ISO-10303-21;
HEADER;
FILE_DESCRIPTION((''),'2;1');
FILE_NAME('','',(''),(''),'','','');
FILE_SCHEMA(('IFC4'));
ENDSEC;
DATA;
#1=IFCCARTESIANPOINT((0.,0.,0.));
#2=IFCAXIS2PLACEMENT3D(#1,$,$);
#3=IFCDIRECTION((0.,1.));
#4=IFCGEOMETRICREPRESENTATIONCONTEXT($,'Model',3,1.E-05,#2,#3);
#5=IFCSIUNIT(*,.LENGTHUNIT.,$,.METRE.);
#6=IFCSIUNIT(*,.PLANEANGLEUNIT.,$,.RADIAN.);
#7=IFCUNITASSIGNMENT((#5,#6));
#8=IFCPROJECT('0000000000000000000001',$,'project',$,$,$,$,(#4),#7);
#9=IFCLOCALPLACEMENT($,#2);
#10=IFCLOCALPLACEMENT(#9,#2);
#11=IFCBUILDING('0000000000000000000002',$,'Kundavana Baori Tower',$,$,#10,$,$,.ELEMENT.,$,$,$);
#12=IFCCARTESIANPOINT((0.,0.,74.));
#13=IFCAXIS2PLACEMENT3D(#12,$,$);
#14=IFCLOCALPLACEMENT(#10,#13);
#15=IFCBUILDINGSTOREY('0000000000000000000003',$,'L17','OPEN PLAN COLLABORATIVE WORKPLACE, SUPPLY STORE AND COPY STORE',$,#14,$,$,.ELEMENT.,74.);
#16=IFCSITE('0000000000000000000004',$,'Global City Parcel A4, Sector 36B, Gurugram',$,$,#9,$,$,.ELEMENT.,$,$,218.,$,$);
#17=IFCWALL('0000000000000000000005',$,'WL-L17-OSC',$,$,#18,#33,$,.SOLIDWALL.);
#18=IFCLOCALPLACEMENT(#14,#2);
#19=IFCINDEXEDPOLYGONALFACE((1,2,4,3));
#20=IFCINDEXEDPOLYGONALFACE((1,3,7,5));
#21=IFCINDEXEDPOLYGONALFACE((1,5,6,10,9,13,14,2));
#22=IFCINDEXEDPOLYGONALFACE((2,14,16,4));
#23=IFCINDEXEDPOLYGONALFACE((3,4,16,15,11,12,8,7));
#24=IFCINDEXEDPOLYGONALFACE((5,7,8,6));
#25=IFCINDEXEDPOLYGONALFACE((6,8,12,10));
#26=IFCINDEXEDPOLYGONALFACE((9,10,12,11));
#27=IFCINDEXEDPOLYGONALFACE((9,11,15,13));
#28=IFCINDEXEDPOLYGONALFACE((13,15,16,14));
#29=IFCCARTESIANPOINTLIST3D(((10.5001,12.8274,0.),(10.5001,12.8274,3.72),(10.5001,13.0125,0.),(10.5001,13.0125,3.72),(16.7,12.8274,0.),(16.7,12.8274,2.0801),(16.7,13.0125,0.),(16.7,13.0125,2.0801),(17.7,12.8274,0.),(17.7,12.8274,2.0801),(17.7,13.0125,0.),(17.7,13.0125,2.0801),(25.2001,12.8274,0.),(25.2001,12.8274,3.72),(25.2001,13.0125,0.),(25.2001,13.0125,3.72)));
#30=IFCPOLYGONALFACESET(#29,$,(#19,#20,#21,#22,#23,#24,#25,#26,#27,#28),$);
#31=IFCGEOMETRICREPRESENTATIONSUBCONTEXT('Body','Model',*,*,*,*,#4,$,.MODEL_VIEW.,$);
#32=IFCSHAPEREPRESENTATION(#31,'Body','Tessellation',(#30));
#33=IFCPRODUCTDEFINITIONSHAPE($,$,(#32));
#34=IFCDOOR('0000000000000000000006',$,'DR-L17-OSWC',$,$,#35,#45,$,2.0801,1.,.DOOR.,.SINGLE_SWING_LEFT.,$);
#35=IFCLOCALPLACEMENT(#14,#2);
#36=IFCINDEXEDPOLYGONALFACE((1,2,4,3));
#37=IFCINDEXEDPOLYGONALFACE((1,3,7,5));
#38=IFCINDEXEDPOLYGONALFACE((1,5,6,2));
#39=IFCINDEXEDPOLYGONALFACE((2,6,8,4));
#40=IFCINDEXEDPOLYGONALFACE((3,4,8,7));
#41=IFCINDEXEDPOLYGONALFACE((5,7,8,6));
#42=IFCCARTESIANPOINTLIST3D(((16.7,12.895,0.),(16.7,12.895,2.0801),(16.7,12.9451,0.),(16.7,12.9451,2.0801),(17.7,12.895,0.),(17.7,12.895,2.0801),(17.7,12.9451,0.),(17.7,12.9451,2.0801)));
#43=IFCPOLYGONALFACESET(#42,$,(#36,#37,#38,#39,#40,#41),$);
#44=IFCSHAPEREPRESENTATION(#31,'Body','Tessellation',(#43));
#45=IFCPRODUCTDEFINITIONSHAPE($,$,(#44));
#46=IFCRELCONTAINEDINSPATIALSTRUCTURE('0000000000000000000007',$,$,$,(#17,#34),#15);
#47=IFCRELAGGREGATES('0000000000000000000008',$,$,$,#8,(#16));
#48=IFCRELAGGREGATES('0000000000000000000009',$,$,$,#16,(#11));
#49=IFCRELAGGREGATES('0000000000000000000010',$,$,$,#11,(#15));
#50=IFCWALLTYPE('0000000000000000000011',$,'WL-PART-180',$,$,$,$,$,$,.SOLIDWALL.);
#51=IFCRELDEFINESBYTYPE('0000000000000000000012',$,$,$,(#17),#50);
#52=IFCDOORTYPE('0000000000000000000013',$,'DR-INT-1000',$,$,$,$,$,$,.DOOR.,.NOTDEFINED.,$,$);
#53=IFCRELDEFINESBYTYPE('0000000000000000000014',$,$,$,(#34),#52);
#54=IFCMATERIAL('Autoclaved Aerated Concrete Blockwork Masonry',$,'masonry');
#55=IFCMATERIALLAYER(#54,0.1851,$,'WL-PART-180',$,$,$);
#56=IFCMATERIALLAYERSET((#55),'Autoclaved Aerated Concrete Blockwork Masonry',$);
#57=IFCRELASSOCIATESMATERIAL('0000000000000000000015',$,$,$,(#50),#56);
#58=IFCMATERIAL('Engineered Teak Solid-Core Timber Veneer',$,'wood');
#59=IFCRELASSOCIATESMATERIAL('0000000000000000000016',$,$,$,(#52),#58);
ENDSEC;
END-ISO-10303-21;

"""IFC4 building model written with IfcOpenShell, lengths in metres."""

from ifc_helpers import new_model, si_unit, direction, frame, frame_2d, origin, place, context, subcontext, project, spatial, rectangle, extrude, material, layer, layer_set, type_object, element, fill, save


model = new_model("IFC4")

# Units and contexts
model_context = context("Model", 3, precision=1e-05, world=origin(), true_north=direction((0.0, 1.0)))
body_context = subcontext(model_context, "Body", "Model", "MODEL_VIEW")
ifc_project = project(units=[si_unit("LENGTHUNIT", "METRE"), si_unit("PLANEANGLEUNIT", "RADIAN")], contexts=[model_context])

# Site, building, storey
site_placement = place(None, origin())
site = spatial("IfcSite", under=ifc_project, at=site_placement, Name="Global City Parcel A4, Sector 36B, Gurugram", CompositionType="ELEMENT", RefElevation=218.0)
building_placement = place(site_placement, origin())
building = spatial("IfcBuilding", under=site, at=building_placement, Name="Kundavana Baori Tower", CompositionType="ELEMENT")
storey_placement = place(building_placement, frame((0.0, 0.0, 74.0)))
storey = spatial("IfcBuildingStorey", under=building, at=storey_placement, Name="L17", Description="OPEN PLAN COLLABORATIVE WORKPLACE, SUPPLY STORE AND COPY STORE", CompositionType="ELEMENT", Elevation=74.0)

# Shared definitions
ifc_material_1 = material(Name="Autoclaved Aerated Concrete Blockwork Masonry", Category="masonry")
ifc_layer_1 = layer(ifc_material_1, 0.1851, Name="WL-PART-180")
ifc_layer_set_1 = layer_set([ifc_layer_1], Name="Autoclaved Aerated Concrete Blockwork Masonry")
wall_type_1 = type_object("IfcWallType", Name="WL-PART-180", PredefinedType="SOLIDWALL", material=ifc_layer_set_1)

# Wall, opening, door
wall_1_placement = place(storey_placement, frame((10.5, 12.9199, 0.0), z_axis=(0.0, 0.0, 1.0), x_axis=(1.0, 0.0, 0.0)))
wall_1 = element("IfcWall", 1, at=wall_1_placement, inside=storey, type_object=wall_type_1, Name="WL-L17-OSC", PredefinedType="SOLIDWALL", context=body_context, shape_type="SweptSolid", body=[
    extrude(rectangle(XDim=14.7, YDim=0.1851, at=frame_2d((7.3501, 0.0))), origin(), (0.0, 0.0, 1.0), 3.72),
])
opening_1_placement = place(wall_1_placement, frame((6.2, 0.0, 0.0)))
opening_1 = element("IfcOpeningElement", 2, at=opening_1_placement, cuts=wall_1, PredefinedType="OPENING", context=body_context, shape_type="SweptSolid", body=[
    extrude(rectangle(XDim=1.0, YDim=2.0801, at=frame_2d((0.5, 1.04))), frame((0.0, 0.1025, 0.0), z_axis=(0.0, -1.0, 0.0), x_axis=(1.0, 0.0, 0.0)), (0.0, 0.0, 1.0), 0.2051),
])
ifc_material_2 = material(Name="Engineered Teak Solid-Core Timber Veneer", Category="wood")
door_type_1 = type_object("IfcDoorType", Name="DR-INT-1000", OperationType="NOTDEFINED", PredefinedType="DOOR", material=ifc_material_2)
door_1_placement = place(opening_1_placement, frame((1.0, 0.0, 0.0), z_axis=(0.0, 0.0, 1.0), x_axis=(-1.0, 0.0, 0.0)))
door_1 = element("IfcDoor", 3, at=door_1_placement, inside=storey, type_object=door_type_1, Name="DR-L17-OSWC", OperationType="SINGLE_SWING_LEFT", OverallHeight=2.0801, OverallWidth=1.0, PredefinedType="DOOR", context=body_context, shape_type="SweptSolid", body=[
    extrude(rectangle(XDim=1.0, YDim=2.0801, at=frame_2d((0.5, 1.04))), frame((0.0, 0.0249, 0.0), z_axis=(0.0, -1.0, 0.0), x_axis=(1.0, 0.0, 0.0)), (0.0, 0.0, 1.0), 0.05),
])
fill(opening_1, door_1)

save(model, "model.ifc")
